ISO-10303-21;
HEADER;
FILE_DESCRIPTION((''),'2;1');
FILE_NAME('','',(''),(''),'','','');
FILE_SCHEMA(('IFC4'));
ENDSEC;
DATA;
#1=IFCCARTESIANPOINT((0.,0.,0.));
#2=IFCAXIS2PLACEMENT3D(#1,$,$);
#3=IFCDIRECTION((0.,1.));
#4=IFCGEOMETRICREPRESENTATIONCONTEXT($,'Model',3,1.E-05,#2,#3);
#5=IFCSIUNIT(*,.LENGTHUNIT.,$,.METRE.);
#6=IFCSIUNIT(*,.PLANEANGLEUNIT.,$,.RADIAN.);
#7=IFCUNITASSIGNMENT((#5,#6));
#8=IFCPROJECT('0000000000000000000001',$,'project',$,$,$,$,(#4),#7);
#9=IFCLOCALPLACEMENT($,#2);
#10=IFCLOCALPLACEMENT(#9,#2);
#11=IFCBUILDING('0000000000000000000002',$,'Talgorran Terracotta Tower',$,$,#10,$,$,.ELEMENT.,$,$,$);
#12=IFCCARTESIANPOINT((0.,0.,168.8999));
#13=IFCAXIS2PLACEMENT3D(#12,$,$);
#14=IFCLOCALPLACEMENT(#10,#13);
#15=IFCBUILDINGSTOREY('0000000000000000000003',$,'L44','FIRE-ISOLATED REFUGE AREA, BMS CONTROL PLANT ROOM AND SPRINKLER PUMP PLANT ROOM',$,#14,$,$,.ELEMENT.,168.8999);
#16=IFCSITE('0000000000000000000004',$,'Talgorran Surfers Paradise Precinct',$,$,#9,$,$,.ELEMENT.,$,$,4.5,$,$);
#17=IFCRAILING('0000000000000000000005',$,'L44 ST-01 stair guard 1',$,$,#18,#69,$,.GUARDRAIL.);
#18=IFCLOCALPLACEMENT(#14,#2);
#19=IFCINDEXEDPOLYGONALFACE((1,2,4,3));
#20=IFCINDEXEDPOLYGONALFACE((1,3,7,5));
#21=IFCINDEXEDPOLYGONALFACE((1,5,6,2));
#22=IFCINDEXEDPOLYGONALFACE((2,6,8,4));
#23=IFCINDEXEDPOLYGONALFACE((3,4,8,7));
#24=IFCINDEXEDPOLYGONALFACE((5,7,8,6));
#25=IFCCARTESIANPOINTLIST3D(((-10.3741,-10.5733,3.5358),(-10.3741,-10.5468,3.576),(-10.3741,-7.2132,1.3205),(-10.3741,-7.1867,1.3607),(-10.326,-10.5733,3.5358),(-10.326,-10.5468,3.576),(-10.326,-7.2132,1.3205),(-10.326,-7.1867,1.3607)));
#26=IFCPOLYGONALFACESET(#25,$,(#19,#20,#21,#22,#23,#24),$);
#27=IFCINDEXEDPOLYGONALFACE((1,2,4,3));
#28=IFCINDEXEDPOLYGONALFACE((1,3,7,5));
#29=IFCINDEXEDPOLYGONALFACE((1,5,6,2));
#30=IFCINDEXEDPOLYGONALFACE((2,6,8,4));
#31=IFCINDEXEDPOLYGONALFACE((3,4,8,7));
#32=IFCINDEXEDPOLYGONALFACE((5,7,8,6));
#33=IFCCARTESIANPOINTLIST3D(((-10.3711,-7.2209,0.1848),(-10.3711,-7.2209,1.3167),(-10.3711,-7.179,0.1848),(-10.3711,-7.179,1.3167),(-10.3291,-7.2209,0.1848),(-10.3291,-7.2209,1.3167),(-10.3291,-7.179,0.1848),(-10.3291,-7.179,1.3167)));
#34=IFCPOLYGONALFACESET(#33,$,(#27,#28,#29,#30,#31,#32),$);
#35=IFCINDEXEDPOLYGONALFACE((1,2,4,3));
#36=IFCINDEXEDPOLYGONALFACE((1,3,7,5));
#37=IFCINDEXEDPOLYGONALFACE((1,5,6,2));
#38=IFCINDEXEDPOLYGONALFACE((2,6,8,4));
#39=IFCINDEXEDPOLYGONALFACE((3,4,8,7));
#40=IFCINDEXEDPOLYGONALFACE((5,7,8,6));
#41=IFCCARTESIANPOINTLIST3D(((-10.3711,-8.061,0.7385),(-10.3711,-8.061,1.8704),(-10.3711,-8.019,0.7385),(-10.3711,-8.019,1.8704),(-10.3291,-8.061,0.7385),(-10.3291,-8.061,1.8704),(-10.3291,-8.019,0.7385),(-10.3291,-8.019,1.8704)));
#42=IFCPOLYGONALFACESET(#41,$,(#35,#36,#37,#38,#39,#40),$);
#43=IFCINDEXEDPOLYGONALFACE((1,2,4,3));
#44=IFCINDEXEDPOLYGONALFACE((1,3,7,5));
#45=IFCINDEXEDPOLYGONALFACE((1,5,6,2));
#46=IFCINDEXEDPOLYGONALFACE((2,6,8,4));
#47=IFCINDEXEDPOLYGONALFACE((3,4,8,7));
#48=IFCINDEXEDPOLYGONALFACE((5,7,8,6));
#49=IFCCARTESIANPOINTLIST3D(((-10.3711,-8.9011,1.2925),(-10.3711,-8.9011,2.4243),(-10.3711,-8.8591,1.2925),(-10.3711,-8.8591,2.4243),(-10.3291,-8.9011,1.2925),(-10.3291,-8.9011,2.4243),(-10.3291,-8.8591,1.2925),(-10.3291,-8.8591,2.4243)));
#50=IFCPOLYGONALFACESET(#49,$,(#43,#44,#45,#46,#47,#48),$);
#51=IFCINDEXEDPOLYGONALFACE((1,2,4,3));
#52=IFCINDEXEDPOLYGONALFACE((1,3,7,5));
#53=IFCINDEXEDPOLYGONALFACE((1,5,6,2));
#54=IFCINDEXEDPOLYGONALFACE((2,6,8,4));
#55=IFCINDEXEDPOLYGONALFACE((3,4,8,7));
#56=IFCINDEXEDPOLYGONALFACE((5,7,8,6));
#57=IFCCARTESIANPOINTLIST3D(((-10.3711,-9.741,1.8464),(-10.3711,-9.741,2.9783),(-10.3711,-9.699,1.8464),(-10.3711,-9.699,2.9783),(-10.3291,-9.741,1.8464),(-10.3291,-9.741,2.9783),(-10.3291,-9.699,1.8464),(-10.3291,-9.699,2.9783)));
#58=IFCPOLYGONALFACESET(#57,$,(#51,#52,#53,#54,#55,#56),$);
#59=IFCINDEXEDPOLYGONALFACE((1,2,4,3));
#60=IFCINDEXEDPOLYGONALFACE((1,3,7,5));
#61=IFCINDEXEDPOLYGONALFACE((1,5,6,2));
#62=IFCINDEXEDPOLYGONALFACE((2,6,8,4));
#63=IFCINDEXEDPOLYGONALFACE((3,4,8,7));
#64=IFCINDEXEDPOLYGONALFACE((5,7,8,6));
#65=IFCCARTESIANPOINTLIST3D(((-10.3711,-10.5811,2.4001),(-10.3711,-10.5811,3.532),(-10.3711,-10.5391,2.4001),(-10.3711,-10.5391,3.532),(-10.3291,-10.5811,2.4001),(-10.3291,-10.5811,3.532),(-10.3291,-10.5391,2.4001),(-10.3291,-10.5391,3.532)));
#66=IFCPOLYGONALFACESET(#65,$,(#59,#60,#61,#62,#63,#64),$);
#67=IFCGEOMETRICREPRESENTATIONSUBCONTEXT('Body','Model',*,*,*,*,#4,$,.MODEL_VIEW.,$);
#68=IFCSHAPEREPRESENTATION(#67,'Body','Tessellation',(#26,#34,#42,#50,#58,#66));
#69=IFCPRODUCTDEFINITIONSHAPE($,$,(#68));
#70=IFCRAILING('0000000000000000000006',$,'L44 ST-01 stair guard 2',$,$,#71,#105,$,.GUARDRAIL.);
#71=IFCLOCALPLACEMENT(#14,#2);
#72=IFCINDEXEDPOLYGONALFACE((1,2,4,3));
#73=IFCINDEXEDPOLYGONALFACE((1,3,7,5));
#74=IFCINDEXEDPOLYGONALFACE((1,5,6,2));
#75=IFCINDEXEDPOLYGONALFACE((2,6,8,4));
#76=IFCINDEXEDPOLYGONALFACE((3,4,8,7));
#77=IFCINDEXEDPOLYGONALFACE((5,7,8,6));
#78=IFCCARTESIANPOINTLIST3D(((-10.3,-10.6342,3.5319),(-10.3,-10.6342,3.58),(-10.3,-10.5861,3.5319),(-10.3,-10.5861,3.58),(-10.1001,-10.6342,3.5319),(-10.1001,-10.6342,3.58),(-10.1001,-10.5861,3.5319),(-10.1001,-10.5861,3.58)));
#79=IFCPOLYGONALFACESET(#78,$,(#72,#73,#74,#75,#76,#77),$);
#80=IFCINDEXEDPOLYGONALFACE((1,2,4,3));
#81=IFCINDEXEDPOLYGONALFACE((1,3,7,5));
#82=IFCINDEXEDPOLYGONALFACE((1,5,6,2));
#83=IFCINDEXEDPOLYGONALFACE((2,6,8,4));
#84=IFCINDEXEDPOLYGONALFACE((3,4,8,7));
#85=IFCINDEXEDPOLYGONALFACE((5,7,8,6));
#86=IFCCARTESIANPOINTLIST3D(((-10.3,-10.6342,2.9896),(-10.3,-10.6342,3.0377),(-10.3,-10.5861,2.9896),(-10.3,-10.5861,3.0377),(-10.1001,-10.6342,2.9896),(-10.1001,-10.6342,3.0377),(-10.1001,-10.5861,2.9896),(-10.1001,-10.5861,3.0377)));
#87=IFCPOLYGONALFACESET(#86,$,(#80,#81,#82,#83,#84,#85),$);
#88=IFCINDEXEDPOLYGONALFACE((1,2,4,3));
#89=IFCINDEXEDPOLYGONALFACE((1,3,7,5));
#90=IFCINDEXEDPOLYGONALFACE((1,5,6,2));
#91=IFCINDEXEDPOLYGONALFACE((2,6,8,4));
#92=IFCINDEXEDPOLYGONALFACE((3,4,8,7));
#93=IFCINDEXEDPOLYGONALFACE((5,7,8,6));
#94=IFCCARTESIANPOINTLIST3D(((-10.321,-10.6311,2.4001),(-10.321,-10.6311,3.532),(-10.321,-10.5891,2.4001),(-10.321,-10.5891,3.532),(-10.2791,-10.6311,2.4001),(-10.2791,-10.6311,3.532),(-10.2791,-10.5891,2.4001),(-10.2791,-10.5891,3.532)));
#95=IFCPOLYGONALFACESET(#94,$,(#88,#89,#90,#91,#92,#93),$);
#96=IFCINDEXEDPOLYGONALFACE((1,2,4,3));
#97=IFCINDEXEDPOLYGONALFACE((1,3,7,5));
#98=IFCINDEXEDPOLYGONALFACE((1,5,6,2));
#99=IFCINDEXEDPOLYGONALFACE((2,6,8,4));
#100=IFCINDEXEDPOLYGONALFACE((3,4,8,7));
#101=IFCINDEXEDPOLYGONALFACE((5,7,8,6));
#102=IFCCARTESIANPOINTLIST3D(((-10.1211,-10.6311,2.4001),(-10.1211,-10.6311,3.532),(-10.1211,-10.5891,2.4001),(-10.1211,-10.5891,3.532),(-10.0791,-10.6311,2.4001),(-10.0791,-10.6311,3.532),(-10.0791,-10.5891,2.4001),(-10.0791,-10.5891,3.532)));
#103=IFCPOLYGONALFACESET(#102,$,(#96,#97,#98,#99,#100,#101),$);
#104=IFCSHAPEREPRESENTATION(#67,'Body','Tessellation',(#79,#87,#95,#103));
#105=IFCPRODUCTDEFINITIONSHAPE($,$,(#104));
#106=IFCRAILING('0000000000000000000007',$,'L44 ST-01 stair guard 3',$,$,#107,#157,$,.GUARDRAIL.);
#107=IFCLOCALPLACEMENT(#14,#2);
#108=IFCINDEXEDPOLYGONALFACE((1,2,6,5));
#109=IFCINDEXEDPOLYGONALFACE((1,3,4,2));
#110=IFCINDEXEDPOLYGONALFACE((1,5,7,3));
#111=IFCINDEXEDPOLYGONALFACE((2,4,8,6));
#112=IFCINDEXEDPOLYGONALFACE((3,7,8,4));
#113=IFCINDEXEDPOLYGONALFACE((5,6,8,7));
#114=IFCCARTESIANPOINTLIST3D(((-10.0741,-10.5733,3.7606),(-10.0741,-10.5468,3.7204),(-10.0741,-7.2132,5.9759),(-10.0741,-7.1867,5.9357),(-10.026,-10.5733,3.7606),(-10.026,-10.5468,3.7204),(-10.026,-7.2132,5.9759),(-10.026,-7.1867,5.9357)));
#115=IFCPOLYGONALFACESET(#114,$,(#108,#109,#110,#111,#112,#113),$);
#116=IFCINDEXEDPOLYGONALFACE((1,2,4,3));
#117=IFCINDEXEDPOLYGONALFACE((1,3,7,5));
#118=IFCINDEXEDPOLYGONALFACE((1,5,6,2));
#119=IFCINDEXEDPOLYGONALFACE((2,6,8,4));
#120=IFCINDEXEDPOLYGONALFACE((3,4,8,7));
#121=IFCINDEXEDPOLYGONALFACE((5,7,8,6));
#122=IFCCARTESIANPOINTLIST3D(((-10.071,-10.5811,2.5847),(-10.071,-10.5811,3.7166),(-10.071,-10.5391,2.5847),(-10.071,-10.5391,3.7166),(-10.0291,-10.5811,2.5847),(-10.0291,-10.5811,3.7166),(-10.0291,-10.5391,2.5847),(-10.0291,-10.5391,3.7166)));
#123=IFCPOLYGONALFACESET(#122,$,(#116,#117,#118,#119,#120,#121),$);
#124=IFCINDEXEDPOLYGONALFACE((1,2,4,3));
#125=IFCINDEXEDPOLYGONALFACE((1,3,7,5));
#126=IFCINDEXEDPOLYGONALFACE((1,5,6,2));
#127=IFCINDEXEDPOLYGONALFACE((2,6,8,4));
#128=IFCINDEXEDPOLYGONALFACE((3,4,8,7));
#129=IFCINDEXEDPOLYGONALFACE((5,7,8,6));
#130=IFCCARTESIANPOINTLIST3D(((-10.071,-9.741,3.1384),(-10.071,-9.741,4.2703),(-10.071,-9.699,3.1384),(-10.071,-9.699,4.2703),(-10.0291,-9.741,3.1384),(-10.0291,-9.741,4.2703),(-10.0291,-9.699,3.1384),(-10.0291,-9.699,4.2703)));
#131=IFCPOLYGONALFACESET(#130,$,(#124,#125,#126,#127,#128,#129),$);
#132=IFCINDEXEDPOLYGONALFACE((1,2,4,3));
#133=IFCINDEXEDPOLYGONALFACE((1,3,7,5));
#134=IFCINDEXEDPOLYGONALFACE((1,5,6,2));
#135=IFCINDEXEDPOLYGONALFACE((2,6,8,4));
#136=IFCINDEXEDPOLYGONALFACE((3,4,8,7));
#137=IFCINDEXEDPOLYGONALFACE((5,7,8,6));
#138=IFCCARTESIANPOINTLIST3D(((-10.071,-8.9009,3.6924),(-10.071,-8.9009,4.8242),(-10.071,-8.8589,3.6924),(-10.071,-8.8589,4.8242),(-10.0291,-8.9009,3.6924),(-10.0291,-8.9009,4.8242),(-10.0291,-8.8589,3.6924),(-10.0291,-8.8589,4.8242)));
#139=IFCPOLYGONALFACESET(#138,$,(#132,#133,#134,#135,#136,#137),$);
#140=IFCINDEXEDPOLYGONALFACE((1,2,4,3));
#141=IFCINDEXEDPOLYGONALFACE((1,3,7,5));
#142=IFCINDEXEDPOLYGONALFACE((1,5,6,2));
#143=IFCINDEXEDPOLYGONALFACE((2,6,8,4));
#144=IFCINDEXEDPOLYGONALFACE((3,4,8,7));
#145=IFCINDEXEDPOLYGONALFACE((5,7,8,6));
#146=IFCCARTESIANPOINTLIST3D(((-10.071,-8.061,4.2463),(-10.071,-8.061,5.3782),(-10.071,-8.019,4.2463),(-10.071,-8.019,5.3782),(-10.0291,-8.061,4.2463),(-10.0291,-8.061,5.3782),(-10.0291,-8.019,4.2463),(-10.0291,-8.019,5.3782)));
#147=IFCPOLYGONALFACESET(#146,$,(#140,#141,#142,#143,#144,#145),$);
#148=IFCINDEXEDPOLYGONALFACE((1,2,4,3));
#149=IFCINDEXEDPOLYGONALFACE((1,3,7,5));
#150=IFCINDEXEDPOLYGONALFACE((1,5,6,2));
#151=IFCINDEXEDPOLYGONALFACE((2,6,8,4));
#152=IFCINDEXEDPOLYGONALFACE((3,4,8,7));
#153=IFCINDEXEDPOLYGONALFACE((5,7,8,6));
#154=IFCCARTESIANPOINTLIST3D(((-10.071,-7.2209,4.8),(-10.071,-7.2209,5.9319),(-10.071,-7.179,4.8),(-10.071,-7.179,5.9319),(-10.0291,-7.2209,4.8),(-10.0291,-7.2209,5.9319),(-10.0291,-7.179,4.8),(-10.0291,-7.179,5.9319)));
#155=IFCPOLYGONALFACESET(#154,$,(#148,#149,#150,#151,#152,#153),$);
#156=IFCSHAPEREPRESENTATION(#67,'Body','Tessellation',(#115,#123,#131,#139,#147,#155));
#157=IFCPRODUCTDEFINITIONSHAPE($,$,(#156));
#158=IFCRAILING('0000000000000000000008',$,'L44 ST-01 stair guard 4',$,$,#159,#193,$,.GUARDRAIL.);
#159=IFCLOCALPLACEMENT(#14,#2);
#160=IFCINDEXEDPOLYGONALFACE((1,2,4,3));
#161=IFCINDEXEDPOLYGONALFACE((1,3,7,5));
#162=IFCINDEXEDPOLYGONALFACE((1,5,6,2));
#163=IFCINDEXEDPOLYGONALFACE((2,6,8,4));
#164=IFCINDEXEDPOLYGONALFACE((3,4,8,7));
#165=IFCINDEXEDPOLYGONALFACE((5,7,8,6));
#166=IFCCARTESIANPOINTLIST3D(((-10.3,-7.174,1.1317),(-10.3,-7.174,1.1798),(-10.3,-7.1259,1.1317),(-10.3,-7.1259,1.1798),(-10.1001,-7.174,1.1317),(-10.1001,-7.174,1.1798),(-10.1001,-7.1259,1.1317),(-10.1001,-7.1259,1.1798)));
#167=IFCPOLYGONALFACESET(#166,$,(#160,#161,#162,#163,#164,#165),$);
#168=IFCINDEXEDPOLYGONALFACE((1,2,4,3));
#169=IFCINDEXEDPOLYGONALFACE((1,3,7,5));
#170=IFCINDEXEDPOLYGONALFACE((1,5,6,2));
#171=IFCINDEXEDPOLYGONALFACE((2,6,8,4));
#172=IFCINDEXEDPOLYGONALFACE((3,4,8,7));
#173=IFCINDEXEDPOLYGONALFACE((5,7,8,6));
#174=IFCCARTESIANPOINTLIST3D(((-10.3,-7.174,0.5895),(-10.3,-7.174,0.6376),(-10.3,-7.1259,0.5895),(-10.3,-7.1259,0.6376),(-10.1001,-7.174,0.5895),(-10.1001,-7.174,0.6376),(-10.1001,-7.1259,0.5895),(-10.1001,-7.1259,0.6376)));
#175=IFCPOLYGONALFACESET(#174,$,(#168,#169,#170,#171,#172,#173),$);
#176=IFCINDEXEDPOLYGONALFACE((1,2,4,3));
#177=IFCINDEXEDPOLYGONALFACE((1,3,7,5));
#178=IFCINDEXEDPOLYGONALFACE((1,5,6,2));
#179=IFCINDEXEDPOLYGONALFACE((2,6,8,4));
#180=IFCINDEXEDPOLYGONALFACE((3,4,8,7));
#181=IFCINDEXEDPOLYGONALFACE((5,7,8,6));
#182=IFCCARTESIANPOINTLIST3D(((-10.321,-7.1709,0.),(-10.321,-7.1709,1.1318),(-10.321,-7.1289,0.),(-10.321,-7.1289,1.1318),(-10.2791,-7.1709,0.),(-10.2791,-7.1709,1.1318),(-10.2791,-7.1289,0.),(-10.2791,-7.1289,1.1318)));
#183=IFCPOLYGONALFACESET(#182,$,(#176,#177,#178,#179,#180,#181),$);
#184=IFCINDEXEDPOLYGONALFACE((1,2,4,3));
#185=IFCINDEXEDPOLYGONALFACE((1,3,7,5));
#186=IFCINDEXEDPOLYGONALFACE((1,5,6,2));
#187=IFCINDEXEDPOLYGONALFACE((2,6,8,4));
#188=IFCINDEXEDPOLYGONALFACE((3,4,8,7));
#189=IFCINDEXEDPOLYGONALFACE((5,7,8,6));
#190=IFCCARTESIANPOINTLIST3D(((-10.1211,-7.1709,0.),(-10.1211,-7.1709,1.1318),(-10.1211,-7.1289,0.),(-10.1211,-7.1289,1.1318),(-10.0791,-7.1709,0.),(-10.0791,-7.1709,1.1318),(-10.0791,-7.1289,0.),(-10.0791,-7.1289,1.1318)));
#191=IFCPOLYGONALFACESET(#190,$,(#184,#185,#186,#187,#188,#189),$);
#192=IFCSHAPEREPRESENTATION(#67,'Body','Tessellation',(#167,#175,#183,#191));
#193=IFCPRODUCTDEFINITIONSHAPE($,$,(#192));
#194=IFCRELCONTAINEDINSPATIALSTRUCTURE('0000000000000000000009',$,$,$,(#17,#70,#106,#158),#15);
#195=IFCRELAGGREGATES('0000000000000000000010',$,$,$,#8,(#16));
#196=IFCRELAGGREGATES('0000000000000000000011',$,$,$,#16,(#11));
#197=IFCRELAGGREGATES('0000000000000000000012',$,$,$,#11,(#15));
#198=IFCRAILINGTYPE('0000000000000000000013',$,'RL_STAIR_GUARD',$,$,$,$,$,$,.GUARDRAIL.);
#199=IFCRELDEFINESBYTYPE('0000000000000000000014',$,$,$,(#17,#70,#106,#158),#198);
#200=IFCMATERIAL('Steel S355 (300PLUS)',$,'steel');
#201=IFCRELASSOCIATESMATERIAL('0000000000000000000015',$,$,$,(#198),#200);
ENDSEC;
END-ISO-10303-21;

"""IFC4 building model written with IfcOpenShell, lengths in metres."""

from ifc_helpers import new_model, si_unit, direction, frame, origin, origin_2d, place, context, subcontext, project, spatial, rectangle, extrude, material, type_object, element, save


model = new_model("IFC4")

# Units and contexts
model_context = context("Model", 3, precision=1e-05, world=origin(), true_north=direction((0.0, 1.0)))
body_context = subcontext(model_context, "Body", "Model", "MODEL_VIEW")
ifc_project = project(units=[si_unit("LENGTHUNIT", "METRE"), si_unit("PLANEANGLEUNIT", "RADIAN")], contexts=[model_context])

# Site, building, storey
site_placement = place(None, origin())
site = spatial("IfcSite", under=ifc_project, at=site_placement, Name="Talgorran Surfers Paradise Precinct", CompositionType="ELEMENT", RefElevation=4.5)
building_placement = place(site_placement, origin())
building = spatial("IfcBuilding", under=site, at=building_placement, Name="Talgorran Terracotta Tower", CompositionType="ELEMENT")
storey_placement = place(building_placement, frame((0.0, 0.0, 168.8999)))
storey = spatial("IfcBuildingStorey", under=building, at=storey_placement, Name="L44", Description="FIRE-ISOLATED REFUGE AREA, BMS CONTROL PLANT ROOM AND SPRINKLER PUMP PLANT ROOM", CompositionType="ELEMENT", Elevation=168.8999)

# Shared definitions
ifc_material_1 = material(Name="Steel S355 (300PLUS)", Category="steel")

# Railings
railing_type_1 = type_object("IfcRailingType", Name="RL_STAIR_GUARD", PredefinedType="GUARDRAIL", material=ifc_material_1)
railing_1_placement = place(storey_placement, frame((-10.3501, -7.2, 0.1848)))
element("IfcRailing", 1, at=railing_1_placement, inside=storey, type_object=railing_type_1, Name="L44 ST-01 stair guard 1", PredefinedType="GUARDRAIL", context=body_context, shape_type="SweptSolid", body=[
    extrude(rectangle(XDim=0.0481, YDim=0.0481, at=origin_2d()), frame((0.0, 0.0, 1.1558), z_axis=(0.0, -0.834876, 0.550437), x_axis=(1.0, 0.0, 0.0)), (0.0, 0.0, 1.0), 4.0247),
    extrude(rectangle(XDim=0.042, YDim=0.042, at=origin_2d()), origin(), (0.0, 0.0, 1.0), 1.1318),
    extrude(rectangle(XDim=0.042, YDim=0.042, at=origin_2d()), frame((0.0, -0.8401, 0.5537)), (0.0, 0.0, 1.0), 1.1318),
    extrude(rectangle(XDim=0.042, YDim=0.042, at=origin_2d()), frame((0.0, -1.6802, 1.1077)), (0.0, 0.0, 1.0), 1.1318),
    extrude(rectangle(XDim=0.042, YDim=0.042, at=origin_2d()), frame((0.0, -2.52, 1.6616)), (0.0, 0.0, 1.0), 1.1318),
    extrude(rectangle(XDim=0.042, YDim=0.042, at=origin_2d()), frame((0.0, -3.3601, 2.2153)), (0.0, 0.0, 1.0), 1.1318),
])
railing_2_placement = place(storey_placement, frame((-10.3, -10.6101, 2.4001)))
element("IfcRailing", 2, at=railing_2_placement, inside=storey, type_object=railing_type_1, Name="L44 ST-01 stair guard 2", PredefinedType="GUARDRAIL", context=body_context, shape_type="SweptSolid", body=[
    extrude(rectangle(XDim=0.0481, YDim=0.0481, at=origin_2d()), frame((0.0, 0.0, 1.1558), z_axis=(1.0, 0.0, 0.0), x_axis=(0.0, 1.0, 0.0)), (0.0, 0.0, 1.0), 0.2),
    extrude(rectangle(XDim=0.0481, YDim=0.0481, at=origin_2d()), frame((0.0, 0.0, 0.6135), z_axis=(1.0, 0.0, 0.0), x_axis=(0.0, 1.0, 0.0)), (0.0, 0.0, 1.0), 0.2),
    extrude(rectangle(XDim=0.042, YDim=0.042, at=origin_2d()), origin(), (0.0, 0.0, 1.0), 1.1318),
    extrude(rectangle(XDim=0.042, YDim=0.042, at=origin_2d()), frame((0.2, 0.0, 0.0)), (0.0, 0.0, 1.0), 1.1318),
])
railing_3_placement = place(storey_placement, frame((-10.05, -10.5601, 2.5847)))
element("IfcRailing", 3, at=railing_3_placement, inside=storey, type_object=railing_type_1, Name="L44 ST-01 stair guard 3", PredefinedType="GUARDRAIL", context=body_context, shape_type="SweptSolid", body=[
    extrude(rectangle(XDim=0.0481, YDim=0.0481, at=origin_2d()), frame((0.0, 0.0, 1.1558), z_axis=(0.0, 0.834876, 0.550437), x_axis=(-1.0, 0.0, 0.0)), (0.0, 0.0, 1.0), 4.0247),
    extrude(rectangle(XDim=0.042, YDim=0.042, at=origin_2d()), origin(), (0.0, 0.0, 1.0), 1.1318),
    extrude(rectangle(XDim=0.042, YDim=0.042, at=origin_2d()), frame((0.0, 0.8401, 0.5537)), (0.0, 0.0, 1.0), 1.1318),
    extrude(rectangle(XDim=0.042, YDim=0.042, at=origin_2d()), frame((0.0, 1.6802, 1.1077)), (0.0, 0.0, 1.0), 1.1318),
    extrude(rectangle(XDim=0.042, YDim=0.042, at=origin_2d()), frame((0.0, 2.52, 1.6616)), (0.0, 0.0, 1.0), 1.1318),
    extrude(rectangle(XDim=0.042, YDim=0.042, at=origin_2d()), frame((0.0, 3.3601, 2.2153)), (0.0, 0.0, 1.0), 1.1318),
])
railing_4_placement = place(storey_placement, frame((-10.3, -7.1499, 0.0)))
element("IfcRailing", 4, at=railing_4_placement, inside=storey, type_object=railing_type_1, Name="L44 ST-01 stair guard 4", PredefinedType="GUARDRAIL", context=body_context, shape_type="SweptSolid", body=[
    extrude(rectangle(XDim=0.0481, YDim=0.0481, at=origin_2d()), frame((0.0, 0.0, 1.1558), z_axis=(1.0, 0.0, 0.0), x_axis=(0.0, 1.0, 0.0)), (0.0, 0.0, 1.0), 0.2),
    extrude(rectangle(XDim=0.0481, YDim=0.0481, at=origin_2d()), frame((0.0, 0.0, 0.6135), z_axis=(1.0, 0.0, 0.0), x_axis=(0.0, 1.0, 0.0)), (0.0, 0.0, 1.0), 0.2),
    extrude(rectangle(XDim=0.042, YDim=0.042, at=origin_2d()), origin(), (0.0, 0.0, 1.0), 1.1318),
    extrude(rectangle(XDim=0.042, YDim=0.042, at=origin_2d()), frame((0.2, 0.0, 0.0)), (0.0, 0.0, 1.0), 1.1318),
])

save(model, "model.ifc")
